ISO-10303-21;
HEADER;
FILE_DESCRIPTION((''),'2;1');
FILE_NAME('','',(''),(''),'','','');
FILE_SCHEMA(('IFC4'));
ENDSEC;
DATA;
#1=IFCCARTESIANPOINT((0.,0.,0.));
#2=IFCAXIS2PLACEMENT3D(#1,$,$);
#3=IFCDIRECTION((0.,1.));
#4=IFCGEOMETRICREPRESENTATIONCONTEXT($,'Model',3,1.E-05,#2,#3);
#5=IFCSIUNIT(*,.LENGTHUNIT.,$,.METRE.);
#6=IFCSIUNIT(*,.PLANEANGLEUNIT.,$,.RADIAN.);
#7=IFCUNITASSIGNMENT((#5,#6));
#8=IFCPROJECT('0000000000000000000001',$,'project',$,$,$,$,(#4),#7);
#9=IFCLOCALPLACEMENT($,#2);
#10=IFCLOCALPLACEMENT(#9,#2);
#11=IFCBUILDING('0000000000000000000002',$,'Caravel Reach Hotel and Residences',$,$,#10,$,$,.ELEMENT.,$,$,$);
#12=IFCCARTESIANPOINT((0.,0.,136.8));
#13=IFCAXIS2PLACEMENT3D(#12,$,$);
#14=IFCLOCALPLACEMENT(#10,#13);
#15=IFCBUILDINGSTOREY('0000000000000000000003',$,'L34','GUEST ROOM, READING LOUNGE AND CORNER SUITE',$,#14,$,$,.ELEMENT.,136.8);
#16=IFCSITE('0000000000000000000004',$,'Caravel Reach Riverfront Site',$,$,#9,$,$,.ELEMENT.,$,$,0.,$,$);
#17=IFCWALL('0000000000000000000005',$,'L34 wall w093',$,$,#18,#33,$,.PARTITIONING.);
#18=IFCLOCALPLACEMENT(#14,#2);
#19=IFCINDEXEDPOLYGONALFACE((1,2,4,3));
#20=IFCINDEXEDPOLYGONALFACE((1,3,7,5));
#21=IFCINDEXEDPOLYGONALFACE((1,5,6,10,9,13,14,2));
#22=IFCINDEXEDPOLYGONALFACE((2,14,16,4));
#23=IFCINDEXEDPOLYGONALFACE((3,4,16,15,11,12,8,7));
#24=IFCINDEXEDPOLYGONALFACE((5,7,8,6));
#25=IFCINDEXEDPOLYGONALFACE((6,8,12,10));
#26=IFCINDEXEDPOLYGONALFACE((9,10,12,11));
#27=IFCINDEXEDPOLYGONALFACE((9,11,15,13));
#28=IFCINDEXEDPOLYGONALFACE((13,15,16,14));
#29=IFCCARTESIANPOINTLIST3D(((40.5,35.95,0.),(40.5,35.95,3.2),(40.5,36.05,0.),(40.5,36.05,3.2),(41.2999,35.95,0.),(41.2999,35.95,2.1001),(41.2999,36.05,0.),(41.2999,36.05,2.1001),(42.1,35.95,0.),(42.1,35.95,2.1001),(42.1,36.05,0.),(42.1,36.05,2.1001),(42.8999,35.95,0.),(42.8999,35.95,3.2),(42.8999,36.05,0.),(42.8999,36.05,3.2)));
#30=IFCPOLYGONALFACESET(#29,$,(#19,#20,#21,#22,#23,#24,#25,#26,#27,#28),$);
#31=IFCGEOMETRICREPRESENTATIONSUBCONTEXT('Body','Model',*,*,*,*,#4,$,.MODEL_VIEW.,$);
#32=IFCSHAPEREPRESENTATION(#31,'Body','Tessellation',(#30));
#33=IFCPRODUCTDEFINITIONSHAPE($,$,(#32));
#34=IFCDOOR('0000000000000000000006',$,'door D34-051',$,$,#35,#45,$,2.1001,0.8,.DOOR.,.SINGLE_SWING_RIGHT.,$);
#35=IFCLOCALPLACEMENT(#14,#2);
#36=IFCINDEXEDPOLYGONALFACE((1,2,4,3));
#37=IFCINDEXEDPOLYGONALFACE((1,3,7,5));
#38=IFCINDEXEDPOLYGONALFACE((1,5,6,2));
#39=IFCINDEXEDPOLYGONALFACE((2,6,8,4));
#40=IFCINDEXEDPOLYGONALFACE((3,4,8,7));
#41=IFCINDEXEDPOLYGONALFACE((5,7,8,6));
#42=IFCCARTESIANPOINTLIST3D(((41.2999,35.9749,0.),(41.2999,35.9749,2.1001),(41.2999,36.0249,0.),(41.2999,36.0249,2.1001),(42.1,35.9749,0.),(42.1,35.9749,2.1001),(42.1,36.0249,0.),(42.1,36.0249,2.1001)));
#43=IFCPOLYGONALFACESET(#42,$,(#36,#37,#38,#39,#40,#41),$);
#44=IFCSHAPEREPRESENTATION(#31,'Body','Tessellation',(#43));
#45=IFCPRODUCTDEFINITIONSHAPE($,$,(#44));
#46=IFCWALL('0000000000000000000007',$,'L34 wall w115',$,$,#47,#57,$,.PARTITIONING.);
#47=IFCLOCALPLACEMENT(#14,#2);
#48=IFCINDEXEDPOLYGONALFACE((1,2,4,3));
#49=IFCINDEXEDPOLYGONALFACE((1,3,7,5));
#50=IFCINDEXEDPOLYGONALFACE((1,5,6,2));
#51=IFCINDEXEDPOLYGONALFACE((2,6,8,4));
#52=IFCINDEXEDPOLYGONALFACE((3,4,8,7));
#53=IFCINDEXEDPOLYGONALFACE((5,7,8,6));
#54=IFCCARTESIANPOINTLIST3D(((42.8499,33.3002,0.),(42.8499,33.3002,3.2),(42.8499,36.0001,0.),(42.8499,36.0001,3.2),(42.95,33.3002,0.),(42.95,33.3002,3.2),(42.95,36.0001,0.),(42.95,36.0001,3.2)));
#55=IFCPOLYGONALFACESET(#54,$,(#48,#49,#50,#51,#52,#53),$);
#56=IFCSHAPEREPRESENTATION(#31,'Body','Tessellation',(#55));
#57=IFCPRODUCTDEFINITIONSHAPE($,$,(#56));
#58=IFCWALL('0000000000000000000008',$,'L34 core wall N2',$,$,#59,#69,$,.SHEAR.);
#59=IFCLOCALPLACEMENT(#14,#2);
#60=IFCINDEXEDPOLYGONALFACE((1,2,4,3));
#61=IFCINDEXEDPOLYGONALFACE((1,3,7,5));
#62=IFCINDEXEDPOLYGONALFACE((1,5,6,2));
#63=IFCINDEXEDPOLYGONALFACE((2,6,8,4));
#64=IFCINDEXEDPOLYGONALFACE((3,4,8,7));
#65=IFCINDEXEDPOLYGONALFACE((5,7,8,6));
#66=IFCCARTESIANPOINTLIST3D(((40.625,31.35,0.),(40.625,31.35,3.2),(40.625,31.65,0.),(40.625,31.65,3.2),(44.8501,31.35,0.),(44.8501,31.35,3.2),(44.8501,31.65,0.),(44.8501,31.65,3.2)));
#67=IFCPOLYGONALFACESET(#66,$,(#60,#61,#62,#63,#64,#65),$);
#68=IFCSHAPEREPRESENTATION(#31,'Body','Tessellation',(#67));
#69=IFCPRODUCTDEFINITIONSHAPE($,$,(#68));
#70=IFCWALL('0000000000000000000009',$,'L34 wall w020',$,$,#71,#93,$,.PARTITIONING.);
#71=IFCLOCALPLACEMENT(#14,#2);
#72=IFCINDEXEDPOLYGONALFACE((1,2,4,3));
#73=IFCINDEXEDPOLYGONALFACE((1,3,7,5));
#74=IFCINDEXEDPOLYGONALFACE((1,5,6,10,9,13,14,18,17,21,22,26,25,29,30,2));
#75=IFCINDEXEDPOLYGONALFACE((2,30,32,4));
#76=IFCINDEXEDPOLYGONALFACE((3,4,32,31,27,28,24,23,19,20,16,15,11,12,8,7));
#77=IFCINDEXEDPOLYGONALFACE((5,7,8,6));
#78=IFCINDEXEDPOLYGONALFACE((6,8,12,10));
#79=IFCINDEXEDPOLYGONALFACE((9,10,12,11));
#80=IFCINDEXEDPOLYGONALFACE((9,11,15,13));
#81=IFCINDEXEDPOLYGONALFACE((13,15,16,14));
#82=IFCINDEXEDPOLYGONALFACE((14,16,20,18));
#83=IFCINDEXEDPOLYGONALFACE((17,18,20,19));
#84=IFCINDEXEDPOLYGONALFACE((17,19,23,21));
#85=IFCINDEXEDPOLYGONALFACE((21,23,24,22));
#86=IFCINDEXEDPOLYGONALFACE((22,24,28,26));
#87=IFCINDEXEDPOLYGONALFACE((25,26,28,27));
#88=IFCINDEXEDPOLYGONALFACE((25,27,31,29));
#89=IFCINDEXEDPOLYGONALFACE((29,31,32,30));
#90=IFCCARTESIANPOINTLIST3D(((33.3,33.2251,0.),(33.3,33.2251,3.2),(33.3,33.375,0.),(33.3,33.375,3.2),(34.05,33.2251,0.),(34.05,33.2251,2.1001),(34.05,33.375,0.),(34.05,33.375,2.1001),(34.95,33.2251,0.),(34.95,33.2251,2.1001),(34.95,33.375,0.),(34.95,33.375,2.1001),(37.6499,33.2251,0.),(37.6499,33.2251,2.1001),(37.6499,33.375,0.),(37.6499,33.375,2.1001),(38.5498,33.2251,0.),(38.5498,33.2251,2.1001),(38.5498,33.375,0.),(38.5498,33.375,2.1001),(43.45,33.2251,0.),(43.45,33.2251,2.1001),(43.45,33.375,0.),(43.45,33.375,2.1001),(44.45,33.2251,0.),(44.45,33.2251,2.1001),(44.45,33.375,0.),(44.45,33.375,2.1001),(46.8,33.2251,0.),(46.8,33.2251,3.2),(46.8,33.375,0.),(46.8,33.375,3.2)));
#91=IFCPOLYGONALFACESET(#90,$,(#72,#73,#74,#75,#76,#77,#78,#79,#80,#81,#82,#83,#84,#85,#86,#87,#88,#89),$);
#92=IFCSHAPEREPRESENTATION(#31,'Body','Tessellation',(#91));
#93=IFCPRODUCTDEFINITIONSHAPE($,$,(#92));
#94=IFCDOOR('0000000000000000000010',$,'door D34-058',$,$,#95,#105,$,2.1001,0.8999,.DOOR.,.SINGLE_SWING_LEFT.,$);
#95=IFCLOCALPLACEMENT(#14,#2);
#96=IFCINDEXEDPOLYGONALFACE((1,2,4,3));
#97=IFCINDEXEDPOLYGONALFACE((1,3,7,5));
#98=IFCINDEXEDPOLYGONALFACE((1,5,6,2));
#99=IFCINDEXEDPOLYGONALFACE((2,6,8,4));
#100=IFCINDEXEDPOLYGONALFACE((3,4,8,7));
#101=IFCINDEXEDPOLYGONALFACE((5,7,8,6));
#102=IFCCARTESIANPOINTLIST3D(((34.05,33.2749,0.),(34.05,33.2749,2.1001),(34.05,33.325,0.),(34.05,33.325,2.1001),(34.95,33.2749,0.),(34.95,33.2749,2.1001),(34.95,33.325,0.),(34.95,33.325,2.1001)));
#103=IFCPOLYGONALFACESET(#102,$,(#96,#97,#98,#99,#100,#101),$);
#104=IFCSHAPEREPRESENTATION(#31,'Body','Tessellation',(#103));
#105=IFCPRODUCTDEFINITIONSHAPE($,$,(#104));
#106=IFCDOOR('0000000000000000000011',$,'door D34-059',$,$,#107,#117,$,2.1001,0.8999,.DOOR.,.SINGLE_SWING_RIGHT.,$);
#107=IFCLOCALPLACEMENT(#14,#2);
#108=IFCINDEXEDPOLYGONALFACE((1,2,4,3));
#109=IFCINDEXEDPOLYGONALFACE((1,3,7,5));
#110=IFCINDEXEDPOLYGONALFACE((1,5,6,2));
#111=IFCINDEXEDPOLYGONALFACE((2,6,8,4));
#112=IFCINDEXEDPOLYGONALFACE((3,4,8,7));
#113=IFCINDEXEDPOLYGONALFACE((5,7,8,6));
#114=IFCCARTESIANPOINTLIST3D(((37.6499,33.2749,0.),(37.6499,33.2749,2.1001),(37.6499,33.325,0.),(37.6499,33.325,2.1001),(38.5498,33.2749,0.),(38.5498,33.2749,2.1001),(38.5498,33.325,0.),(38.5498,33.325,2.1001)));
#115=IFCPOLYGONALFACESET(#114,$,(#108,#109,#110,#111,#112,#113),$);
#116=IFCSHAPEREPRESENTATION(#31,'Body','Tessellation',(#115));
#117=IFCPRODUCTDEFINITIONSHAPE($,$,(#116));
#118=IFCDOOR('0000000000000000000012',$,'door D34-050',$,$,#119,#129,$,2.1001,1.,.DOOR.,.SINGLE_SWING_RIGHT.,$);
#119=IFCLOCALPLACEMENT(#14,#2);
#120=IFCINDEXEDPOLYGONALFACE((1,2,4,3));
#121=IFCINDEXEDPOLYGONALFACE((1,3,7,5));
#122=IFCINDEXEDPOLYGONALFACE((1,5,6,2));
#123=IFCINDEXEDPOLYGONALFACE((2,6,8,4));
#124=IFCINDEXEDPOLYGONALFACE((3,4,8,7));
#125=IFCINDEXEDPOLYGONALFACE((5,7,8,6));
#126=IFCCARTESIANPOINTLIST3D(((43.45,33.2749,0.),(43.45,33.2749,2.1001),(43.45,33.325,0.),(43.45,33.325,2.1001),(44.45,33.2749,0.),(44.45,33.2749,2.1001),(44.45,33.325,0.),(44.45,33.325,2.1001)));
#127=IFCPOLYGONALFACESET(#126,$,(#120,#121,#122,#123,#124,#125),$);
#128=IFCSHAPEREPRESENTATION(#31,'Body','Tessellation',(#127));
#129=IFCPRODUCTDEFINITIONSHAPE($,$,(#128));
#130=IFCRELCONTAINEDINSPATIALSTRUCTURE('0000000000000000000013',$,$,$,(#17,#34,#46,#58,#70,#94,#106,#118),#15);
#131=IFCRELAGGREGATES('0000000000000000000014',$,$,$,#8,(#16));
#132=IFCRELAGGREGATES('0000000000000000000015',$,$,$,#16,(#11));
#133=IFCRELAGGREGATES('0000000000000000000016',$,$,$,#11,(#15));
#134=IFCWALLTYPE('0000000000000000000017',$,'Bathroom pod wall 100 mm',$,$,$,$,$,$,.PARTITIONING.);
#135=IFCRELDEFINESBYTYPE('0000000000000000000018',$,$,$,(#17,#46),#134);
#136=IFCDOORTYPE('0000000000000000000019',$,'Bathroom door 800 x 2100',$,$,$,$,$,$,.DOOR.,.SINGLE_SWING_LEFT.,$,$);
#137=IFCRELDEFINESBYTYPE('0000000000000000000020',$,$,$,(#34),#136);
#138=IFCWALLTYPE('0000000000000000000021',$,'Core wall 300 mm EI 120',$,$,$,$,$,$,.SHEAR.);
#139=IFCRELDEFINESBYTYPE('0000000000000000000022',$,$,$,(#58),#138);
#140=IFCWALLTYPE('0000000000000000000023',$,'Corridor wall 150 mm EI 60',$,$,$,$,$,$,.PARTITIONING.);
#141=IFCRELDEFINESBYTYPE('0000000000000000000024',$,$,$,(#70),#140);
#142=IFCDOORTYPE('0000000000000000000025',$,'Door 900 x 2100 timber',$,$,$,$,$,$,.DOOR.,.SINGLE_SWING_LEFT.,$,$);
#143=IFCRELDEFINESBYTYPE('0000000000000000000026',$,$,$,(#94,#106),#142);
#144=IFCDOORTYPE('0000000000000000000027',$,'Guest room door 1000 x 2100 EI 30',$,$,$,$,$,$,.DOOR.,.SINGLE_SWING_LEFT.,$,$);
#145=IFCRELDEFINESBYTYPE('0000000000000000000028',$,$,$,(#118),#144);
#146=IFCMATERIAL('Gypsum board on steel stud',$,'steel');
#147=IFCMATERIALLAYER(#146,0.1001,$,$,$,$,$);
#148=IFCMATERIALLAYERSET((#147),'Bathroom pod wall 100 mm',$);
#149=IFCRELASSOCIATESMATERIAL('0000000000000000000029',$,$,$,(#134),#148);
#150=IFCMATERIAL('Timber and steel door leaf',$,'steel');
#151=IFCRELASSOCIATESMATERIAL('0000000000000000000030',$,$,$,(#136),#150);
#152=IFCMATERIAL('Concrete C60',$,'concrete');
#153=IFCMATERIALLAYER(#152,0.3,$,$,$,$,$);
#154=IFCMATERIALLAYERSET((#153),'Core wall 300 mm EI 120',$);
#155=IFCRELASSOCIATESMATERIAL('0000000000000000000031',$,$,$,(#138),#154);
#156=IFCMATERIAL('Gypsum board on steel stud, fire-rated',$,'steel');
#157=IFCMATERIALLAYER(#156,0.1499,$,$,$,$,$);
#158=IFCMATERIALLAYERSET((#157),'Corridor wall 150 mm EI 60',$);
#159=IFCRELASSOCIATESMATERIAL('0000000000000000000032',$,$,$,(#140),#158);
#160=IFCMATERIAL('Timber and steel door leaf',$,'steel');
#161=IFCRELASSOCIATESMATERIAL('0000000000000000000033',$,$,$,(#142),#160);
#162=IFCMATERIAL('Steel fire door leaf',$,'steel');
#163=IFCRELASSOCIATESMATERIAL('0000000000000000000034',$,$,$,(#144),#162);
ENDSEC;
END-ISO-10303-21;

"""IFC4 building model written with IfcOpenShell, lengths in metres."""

from ifc_helpers import new_model, si_unit, direction, frame, frame_2d, origin, place, context, subcontext, project, spatial, rectangle, extrude, material, layer, layer_set, type_object, element, fill, save


model = new_model("IFC4")

# Units and contexts
model_context = context("Model", 3, precision=1e-05, world=origin(), true_north=direction((0.0, 1.0)))
body_context = subcontext(model_context, "Body", "Model", "MODEL_VIEW")
ifc_project = project(units=[si_unit("LENGTHUNIT", "METRE"), si_unit("PLANEANGLEUNIT", "RADIAN")], contexts=[model_context])

# Site, building, storey
site_placement = place(None, origin())
site = spatial("IfcSite", under=ifc_project, at=site_placement, Name="Caravel Reach Riverfront Site", CompositionType="ELEMENT", RefElevation=0.0)
building_placement = place(site_placement, origin())
building = spatial("IfcBuilding", under=site, at=building_placement, Name="Caravel Reach Hotel and Residences", CompositionType="ELEMENT")
storey_placement = place(building_placement, frame((0.0, 0.0, 136.8)))
storey = spatial("IfcBuildingStorey", under=building, at=storey_placement, Name="L34", Description="GUEST ROOM, READING LOUNGE AND CORNER SUITE", CompositionType="ELEMENT", Elevation=136.8)

# Wall, opening, door
ifc_material_1 = material(Name="Gypsum board on steel stud", Category="steel")
ifc_layer_1 = layer(ifc_material_1, 0.1001)
ifc_layer_set_1 = layer_set([ifc_layer_1], Name="Bathroom pod wall 100 mm")
wall_type_1 = type_object("IfcWallType", Name="Bathroom pod wall 100 mm", PredefinedType="PARTITIONING", material=ifc_layer_set_1)
wall_1_placement = place(storey_placement, frame((40.5, 36.0, 0.0), z_axis=(0.0, 0.0, 1.0), x_axis=(1.0, 0.0, 0.0)))
wall_1 = element("IfcWall", 1, at=wall_1_placement, inside=storey, type_object=wall_type_1, Name="L34 wall w093", PredefinedType="PARTITIONING", context=body_context, shape_type="SweptSolid", body=[
    extrude(rectangle(XDim=2.3999, YDim=0.1001, at=frame_2d((1.2, 0.0))), origin(), (0.0, 0.0, 1.0), 3.2),
])
opening_1_placement = place(wall_1_placement, frame((0.8, 0.0, 0.0)))
opening_1 = element("IfcOpeningElement", 2, at=opening_1_placement, cuts=wall_1, PredefinedType="OPENING", context=body_context, shape_type="SweptSolid", body=[
    extrude(rectangle(XDim=0.8, YDim=2.1001, at=frame_2d((0.3999, 1.05))), frame((0.0, 0.0601, 0.0), z_axis=(0.0, -1.0, 0.0), x_axis=(1.0, 0.0, 0.0)), (0.0, 0.0, 1.0), 0.1201),
])
ifc_material_2 = material(Name="Timber and steel door leaf", Category="steel")
door_type_1 = type_object("IfcDoorType", Name="Bathroom door 800 x 2100", OperationType="SINGLE_SWING_LEFT", PredefinedType="DOOR", material=ifc_material_2)
door_1_placement = place(opening_1_placement, origin())
door_1 = element("IfcDoor", 3, at=door_1_placement, inside=storey, type_object=door_type_1, Name="door D34-051", OperationType="SINGLE_SWING_RIGHT", OverallHeight=2.1001, OverallWidth=0.8, PredefinedType="DOOR", context=body_context, shape_type="SweptSolid", body=[
    extrude(rectangle(XDim=0.8, YDim=2.1001, at=frame_2d((0.3999, 1.05))), frame((0.0, 0.0249, 0.0), z_axis=(0.0, -1.0, 0.0), x_axis=(1.0, 0.0, 0.0)), (0.0, 0.0, 1.0), 0.05),
])
fill(opening_1, door_1)

# Walls
wall_2_placement = place(storey_placement, frame((42.8999, 33.3, 0.0), z_axis=(0.0, 0.0, 1.0), x_axis=(0.0, 1.0, 0.0)))
element("IfcWall", 4, at=wall_2_placement, inside=storey, type_object=wall_type_1, Name="L34 wall w115", PredefinedType="PARTITIONING", context=body_context, shape_type="SweptSolid", body=[
    extrude(rectangle(XDim=2.7, YDim=0.1001, at=frame_2d((1.3501, 0.0))), origin(), (0.0, 0.0, 1.0), 3.2),
])
ifc_material_3 = material(Name="Concrete C60", Category="concrete")
ifc_layer_2 = layer(ifc_material_3, 0.3)
ifc_layer_set_2 = layer_set([ifc_layer_2], Name="Core wall 300 mm EI 120")
wall_type_2 = type_object("IfcWallType", Name="Core wall 300 mm EI 120", PredefinedType="SHEAR", material=ifc_layer_set_2)
wall_3_placement = place(storey_placement, frame((40.625, 31.5, 0.0), z_axis=(0.0, 0.0, 1.0), x_axis=(1.0, 0.0, 0.0)))
element("IfcWall", 5, at=wall_3_placement, inside=storey, type_object=wall_type_2, Name="L34 core wall N2", PredefinedType="SHEAR", context=body_context, shape_type="SweptSolid", body=[
    extrude(rectangle(XDim=4.2251, YDim=0.3, at=frame_2d((2.1125, 0.0))), origin(), (0.0, 0.0, 1.0), 3.2),
])

# Wall, openings, doors
ifc_material_4 = material(Name="Gypsum board on steel stud, fire-rated", Category="steel")
ifc_layer_3 = layer(ifc_material_4, 0.1499)
ifc_layer_set_3 = layer_set([ifc_layer_3], Name="Corridor wall 150 mm EI 60")
wall_type_3 = type_object("IfcWallType", Name="Corridor wall 150 mm EI 60", PredefinedType="PARTITIONING", material=ifc_layer_set_3)
wall_4_placement = place(storey_placement, frame((33.3, 33.3, 0.0), z_axis=(0.0, 0.0, 1.0), x_axis=(1.0, 0.0, 0.0)))
wall_4 = element("IfcWall", 6, at=wall_4_placement, inside=storey, type_object=wall_type_3, Name="L34 wall w020", PredefinedType="PARTITIONING", context=body_context, shape_type="SweptSolid", body=[
    extrude(rectangle(XDim=13.5, YDim=0.1499, at=frame_2d((6.75, 0.0))), origin(), (0.0, 0.0, 1.0), 3.2),
])
opening_2_placement = place(wall_4_placement, frame((10.1499, 0.0, 0.0)))
opening_2 = element("IfcOpeningElement", 7, at=opening_2_placement, cuts=wall_4, PredefinedType="OPENING", context=body_context, shape_type="SweptSolid", body=[
    extrude(rectangle(XDim=1.0, YDim=2.1001, at=frame_2d((0.5, 1.05))), frame((0.0, 0.085, 0.0), z_axis=(0.0, -1.0, 0.0), x_axis=(1.0, 0.0, 0.0)), (0.0, 0.0, 1.0), 0.1699),
])
opening_3_placement = place(wall_4_placement, frame((0.75, 0.0, 0.0)))
opening_3 = element("IfcOpeningElement", 8, at=opening_3_placement, cuts=wall_4, PredefinedType="OPENING", context=body_context, shape_type="SweptSolid", body=[
    extrude(rectangle(XDim=0.8999, YDim=2.1001, at=frame_2d((0.45, 1.05))), frame((0.0, 0.085, 0.0), z_axis=(0.0, -1.0, 0.0), x_axis=(1.0, 0.0, 0.0)), (0.0, 0.0, 1.0), 0.1699),
])
opening_4_placement = place(wall_4_placement, frame((4.3499, 0.0, 0.0)))
opening_4 = element("IfcOpeningElement", 9, at=opening_4_placement, cuts=wall_4, PredefinedType="OPENING", context=body_context, shape_type="SweptSolid", body=[
    extrude(rectangle(XDim=0.8999, YDim=2.1001, at=frame_2d((0.45, 1.05))), frame((0.0, 0.085, 0.0), z_axis=(0.0, -1.0, 0.0), x_axis=(1.0, 0.0, 0.0)), (0.0, 0.0, 1.0), 0.1699),
])
ifc_material_5 = material(Name="Timber and steel door leaf", Category="steel")
door_type_2 = type_object("IfcDoorType", Name="Door 900 x 2100 timber", OperationType="SINGLE_SWING_LEFT", PredefinedType="DOOR", material=ifc_material_5)
door_2_placement = place(opening_3_placement, origin())
door_2 = element("IfcDoor", 10, at=door_2_placement, inside=storey, type_object=door_type_2, Name="door D34-058", OperationType="SINGLE_SWING_LEFT", OverallHeight=2.1001, OverallWidth=0.8999, PredefinedType="DOOR", context=body_context, shape_type="SweptSolid", body=[
    extrude(rectangle(XDim=0.8999, YDim=2.1001, at=frame_2d((0.45, 1.05))), frame((0.0, 0.0249, 0.0), z_axis=(0.0, -1.0, 0.0), x_axis=(1.0, 0.0, 0.0)), (0.0, 0.0, 1.0), 0.05),
])
fill(opening_3, door_2)
door_3_placement = place(opening_4_placement, origin())
door_3 = element("IfcDoor", 11, at=door_3_placement, inside=storey, type_object=door_type_2, Name="door D34-059", OperationType="SINGLE_SWING_RIGHT", OverallHeight=2.1001, OverallWidth=0.8999, PredefinedType="DOOR", context=body_context, shape_type="SweptSolid", body=[
    extrude(rectangle(XDim=0.8999, YDim=2.1001, at=frame_2d((0.45, 1.05))), frame((0.0, 0.0249, 0.0), z_axis=(0.0, -1.0, 0.0), x_axis=(1.0, 0.0, 0.0)), (0.0, 0.0, 1.0), 0.05),
])
fill(opening_4, door_3)
ifc_material_6 = material(Name="Steel fire door leaf", Category="steel")
door_type_3 = type_object("IfcDoorType", Name="Guest room door 1000 x 2100 EI 30", OperationType="SINGLE_SWING_LEFT", PredefinedType="DOOR", material=ifc_material_6)
door_4_placement = place(opening_2_placement, origin())
door_4 = element("IfcDoor", 12, at=door_4_placement, inside=storey, type_object=door_type_3, Name="door D34-050", OperationType="SINGLE_SWING_RIGHT", OverallHeight=2.1001, OverallWidth=1.0, PredefinedType="DOOR", context=body_context, shape_type="SweptSolid", body=[
    extrude(rectangle(XDim=1.0, YDim=2.1001, at=frame_2d((0.5, 1.05))), frame((0.0, 0.0249, 0.0), z_axis=(0.0, -1.0, 0.0), x_axis=(1.0, 0.0, 0.0)), (0.0, 0.0, 1.0), 0.05),
])
fill(opening_2, door_4)

save(model, "model.ifc")
